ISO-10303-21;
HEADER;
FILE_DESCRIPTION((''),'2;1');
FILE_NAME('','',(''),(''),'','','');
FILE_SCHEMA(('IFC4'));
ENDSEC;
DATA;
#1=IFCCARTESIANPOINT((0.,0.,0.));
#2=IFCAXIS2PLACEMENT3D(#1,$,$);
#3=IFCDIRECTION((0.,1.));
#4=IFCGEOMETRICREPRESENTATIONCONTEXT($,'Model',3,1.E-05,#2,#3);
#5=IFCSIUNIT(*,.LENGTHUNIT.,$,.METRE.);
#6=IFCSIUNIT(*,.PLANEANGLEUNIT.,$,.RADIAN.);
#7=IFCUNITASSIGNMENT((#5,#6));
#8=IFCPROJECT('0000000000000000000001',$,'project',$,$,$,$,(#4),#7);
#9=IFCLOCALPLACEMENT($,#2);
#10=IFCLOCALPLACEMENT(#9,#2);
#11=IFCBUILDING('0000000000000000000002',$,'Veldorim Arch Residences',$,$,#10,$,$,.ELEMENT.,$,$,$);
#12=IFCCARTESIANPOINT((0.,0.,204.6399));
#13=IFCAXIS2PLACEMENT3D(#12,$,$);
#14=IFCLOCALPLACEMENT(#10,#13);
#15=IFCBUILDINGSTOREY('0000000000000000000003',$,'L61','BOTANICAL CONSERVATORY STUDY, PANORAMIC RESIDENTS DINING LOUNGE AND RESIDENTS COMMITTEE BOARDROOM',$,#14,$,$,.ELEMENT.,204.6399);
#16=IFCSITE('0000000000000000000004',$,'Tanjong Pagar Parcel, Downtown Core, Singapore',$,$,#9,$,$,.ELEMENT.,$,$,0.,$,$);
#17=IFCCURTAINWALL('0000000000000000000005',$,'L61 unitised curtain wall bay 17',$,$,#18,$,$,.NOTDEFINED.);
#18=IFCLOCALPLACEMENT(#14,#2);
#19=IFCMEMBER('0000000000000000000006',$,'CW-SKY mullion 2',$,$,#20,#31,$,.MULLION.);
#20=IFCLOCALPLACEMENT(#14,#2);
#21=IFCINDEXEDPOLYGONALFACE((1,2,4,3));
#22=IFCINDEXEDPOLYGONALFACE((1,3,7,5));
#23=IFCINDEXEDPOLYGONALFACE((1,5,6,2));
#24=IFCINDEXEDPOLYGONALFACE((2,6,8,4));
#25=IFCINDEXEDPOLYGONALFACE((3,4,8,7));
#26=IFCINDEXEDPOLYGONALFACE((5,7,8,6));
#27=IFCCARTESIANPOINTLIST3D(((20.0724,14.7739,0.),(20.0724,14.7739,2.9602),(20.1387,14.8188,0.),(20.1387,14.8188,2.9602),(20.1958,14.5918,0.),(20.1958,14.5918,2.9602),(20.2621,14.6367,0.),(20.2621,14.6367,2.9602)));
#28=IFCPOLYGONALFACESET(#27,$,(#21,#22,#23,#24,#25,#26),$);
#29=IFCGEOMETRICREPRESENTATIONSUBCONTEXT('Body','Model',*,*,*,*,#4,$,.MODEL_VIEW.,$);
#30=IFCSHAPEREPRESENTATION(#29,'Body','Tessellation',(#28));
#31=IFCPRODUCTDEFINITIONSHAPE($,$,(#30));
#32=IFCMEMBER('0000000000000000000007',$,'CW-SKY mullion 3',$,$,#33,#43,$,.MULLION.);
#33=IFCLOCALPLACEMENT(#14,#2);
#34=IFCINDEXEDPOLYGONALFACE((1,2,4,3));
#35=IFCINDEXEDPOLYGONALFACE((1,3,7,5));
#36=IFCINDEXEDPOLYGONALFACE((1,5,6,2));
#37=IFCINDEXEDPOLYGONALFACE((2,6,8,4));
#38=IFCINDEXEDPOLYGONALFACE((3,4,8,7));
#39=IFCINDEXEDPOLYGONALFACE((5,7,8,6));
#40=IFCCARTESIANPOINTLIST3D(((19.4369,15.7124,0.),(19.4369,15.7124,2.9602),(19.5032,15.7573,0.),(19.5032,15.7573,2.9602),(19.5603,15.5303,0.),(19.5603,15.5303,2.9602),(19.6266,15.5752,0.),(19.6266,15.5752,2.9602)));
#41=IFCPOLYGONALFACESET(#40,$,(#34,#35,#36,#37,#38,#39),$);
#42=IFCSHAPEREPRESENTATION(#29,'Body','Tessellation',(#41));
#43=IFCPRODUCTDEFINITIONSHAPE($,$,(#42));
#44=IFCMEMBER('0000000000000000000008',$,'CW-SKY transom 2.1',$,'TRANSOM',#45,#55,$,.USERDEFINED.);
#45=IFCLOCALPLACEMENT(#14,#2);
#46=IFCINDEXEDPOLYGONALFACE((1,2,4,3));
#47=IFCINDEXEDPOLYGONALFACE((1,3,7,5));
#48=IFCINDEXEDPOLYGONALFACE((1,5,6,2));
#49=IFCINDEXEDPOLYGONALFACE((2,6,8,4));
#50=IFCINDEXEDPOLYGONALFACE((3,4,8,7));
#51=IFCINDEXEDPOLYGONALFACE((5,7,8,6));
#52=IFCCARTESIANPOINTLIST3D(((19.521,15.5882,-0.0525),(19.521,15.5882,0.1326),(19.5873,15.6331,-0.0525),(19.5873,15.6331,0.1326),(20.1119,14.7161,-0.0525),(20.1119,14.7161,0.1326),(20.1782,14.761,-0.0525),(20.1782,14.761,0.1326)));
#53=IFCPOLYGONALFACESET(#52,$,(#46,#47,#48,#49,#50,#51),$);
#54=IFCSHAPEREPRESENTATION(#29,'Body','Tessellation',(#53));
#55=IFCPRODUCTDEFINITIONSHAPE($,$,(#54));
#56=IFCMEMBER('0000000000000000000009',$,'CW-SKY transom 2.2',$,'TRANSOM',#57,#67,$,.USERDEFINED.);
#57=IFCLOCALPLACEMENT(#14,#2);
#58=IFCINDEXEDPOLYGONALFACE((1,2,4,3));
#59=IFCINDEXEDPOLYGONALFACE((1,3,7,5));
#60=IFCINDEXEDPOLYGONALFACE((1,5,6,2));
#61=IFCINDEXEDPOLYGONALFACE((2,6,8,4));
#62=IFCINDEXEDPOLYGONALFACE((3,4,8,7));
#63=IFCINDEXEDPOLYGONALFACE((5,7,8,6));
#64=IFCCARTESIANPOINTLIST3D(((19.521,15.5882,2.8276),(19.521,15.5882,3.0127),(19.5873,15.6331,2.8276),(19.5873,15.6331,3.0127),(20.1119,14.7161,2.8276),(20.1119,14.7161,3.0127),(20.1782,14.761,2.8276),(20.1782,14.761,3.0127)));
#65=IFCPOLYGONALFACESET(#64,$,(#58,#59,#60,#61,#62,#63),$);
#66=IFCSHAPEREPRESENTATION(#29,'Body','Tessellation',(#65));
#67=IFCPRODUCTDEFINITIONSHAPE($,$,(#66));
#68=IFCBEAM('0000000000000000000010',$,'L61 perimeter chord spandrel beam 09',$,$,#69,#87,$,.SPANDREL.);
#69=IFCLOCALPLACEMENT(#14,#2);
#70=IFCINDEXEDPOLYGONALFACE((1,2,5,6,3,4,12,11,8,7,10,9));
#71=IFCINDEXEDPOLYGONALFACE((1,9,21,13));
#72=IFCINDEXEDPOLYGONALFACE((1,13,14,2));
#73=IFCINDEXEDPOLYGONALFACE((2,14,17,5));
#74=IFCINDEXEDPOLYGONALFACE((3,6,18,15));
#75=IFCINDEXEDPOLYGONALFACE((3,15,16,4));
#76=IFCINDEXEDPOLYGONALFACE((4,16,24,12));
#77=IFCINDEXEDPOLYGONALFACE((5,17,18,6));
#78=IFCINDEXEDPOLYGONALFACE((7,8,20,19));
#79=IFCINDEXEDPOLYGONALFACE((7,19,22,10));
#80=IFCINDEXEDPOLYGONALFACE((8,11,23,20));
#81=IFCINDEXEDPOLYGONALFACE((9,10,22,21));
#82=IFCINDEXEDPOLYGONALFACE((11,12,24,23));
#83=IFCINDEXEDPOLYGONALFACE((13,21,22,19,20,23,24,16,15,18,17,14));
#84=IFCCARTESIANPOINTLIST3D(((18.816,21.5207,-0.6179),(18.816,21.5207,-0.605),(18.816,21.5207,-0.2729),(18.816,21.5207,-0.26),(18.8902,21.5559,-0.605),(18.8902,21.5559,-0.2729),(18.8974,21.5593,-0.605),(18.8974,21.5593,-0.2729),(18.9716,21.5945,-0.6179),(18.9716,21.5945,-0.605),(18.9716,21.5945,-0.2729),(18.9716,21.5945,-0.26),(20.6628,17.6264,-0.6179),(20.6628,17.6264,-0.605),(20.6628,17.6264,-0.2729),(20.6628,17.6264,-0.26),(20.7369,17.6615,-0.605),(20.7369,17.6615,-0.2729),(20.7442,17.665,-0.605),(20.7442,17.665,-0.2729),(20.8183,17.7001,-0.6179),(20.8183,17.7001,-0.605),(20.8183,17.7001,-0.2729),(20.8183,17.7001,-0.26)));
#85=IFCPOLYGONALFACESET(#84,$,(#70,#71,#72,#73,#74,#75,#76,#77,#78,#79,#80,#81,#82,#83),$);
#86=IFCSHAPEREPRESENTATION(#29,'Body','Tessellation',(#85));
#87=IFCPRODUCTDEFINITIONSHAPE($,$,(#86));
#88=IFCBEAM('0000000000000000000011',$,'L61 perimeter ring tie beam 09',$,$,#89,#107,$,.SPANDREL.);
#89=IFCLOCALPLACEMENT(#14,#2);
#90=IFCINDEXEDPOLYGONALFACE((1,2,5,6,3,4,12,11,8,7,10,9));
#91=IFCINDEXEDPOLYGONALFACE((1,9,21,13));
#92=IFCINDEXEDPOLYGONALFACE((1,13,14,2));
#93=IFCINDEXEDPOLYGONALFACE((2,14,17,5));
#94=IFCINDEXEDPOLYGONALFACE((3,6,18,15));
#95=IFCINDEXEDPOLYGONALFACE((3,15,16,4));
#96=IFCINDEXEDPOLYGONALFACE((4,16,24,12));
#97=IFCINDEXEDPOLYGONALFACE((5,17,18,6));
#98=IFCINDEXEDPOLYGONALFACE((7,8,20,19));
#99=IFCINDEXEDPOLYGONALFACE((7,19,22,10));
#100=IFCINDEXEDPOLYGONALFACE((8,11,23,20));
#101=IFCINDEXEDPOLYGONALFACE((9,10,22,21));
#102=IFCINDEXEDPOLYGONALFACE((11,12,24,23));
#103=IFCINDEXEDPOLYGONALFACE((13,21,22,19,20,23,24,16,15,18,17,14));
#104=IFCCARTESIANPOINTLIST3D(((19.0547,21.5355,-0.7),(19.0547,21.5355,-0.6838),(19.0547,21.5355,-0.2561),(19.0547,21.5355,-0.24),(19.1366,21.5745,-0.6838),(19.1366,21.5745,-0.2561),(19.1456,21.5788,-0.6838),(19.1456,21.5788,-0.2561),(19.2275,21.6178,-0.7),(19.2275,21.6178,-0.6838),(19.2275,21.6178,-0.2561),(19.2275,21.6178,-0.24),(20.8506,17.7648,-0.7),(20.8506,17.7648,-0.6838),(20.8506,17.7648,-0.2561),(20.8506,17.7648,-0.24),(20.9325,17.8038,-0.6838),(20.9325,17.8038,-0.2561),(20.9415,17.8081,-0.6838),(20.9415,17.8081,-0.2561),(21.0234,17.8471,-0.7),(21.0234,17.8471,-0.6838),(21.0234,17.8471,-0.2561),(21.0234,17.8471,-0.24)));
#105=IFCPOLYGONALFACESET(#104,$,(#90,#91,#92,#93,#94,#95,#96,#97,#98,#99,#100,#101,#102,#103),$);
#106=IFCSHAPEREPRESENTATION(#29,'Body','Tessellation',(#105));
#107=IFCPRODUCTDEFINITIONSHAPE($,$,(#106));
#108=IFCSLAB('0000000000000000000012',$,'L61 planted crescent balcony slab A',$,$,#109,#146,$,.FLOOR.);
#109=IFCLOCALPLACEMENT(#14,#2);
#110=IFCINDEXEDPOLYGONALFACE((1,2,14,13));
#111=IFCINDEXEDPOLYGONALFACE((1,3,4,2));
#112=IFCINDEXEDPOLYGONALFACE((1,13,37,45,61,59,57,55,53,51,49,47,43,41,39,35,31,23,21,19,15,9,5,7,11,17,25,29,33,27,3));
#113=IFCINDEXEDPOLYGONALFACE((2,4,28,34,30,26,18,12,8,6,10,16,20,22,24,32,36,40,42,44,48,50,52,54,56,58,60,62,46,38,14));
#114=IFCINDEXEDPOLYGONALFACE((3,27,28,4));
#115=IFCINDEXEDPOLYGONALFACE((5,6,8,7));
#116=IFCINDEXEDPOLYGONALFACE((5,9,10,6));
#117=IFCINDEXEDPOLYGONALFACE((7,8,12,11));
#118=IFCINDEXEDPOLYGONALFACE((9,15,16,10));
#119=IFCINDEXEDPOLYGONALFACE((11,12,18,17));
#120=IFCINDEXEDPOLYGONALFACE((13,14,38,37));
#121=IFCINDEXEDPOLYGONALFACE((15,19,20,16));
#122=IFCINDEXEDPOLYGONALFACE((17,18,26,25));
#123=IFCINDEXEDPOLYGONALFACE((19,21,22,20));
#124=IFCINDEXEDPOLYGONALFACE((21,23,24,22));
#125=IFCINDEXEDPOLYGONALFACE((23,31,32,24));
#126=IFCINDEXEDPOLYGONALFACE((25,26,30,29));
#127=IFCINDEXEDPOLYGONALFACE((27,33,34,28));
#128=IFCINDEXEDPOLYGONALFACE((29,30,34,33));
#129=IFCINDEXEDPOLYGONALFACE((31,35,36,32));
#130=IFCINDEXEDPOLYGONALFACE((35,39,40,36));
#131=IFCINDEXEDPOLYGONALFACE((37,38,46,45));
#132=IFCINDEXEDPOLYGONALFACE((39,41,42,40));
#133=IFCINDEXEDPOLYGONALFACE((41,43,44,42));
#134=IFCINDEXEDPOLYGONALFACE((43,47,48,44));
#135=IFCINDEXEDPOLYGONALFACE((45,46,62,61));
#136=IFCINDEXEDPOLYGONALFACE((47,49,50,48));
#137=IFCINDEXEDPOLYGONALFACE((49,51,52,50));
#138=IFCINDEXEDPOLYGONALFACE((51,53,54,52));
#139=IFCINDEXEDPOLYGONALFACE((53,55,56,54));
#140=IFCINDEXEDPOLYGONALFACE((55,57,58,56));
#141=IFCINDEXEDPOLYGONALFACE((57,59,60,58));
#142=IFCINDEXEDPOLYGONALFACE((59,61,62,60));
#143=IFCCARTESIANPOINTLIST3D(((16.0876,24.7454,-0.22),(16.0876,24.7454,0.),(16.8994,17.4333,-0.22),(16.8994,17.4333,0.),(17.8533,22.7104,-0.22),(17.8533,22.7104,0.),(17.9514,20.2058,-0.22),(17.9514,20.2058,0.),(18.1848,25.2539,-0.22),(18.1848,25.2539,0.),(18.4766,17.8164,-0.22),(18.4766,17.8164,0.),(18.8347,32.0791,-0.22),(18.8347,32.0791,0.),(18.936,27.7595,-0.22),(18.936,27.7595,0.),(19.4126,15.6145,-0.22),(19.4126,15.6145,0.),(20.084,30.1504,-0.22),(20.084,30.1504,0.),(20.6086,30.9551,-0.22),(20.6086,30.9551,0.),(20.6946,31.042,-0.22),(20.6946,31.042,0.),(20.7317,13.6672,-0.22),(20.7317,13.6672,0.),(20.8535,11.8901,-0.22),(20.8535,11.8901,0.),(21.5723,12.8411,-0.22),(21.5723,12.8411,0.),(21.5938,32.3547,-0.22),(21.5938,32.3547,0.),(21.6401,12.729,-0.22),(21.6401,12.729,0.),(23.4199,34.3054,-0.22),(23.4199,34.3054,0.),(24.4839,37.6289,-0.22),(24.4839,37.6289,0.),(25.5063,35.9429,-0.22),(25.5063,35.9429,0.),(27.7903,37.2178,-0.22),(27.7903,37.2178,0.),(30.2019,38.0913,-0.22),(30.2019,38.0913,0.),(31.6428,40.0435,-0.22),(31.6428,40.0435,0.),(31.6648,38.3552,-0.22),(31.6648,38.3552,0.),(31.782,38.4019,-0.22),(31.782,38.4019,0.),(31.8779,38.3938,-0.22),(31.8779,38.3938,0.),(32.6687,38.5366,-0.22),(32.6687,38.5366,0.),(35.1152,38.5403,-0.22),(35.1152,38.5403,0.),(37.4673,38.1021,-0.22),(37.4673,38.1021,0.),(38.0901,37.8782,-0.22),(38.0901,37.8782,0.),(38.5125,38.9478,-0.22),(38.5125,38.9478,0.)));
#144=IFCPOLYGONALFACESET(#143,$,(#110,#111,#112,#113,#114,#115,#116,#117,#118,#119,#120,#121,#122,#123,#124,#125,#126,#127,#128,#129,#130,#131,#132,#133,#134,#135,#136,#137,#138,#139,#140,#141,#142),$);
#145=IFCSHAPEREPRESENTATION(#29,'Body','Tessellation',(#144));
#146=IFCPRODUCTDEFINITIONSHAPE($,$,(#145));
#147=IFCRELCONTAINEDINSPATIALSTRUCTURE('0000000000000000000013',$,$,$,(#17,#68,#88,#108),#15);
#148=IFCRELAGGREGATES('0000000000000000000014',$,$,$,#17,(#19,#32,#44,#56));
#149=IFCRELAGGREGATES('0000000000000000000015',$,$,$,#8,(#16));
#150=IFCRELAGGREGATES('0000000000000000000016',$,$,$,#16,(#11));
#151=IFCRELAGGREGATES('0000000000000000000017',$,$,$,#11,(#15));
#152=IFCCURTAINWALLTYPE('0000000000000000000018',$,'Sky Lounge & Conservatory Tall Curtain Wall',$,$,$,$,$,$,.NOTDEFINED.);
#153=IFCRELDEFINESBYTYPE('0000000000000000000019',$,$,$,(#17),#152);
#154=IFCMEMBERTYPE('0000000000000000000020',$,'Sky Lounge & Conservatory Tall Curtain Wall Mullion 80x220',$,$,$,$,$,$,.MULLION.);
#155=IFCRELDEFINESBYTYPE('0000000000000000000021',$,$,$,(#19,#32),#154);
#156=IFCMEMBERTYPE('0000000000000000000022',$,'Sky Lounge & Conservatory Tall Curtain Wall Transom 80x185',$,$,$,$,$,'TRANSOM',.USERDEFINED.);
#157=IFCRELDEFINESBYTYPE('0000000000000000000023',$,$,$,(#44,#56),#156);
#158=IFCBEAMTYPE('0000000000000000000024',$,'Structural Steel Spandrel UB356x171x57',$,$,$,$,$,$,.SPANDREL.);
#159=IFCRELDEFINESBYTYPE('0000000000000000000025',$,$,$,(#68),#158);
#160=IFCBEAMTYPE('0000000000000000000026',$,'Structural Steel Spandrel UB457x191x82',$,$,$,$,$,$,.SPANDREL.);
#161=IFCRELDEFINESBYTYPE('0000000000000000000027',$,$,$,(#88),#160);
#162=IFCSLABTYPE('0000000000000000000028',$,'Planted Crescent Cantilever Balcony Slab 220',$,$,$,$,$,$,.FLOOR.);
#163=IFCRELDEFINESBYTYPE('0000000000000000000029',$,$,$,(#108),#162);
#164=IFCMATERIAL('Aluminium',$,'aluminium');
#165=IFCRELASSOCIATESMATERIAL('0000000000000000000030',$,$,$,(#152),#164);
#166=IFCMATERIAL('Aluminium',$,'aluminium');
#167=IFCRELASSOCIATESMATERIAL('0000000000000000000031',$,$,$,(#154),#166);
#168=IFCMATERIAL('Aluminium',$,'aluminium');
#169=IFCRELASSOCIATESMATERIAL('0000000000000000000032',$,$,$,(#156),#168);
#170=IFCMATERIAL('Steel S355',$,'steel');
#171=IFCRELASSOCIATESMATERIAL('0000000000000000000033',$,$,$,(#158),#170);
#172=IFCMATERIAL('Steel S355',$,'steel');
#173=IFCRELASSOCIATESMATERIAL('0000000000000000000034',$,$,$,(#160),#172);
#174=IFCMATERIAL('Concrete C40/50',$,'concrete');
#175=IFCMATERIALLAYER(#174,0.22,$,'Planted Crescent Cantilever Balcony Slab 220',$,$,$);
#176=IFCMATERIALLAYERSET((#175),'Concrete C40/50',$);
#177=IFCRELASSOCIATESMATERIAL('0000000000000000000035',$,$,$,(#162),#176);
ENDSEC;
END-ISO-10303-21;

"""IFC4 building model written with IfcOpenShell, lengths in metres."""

from ifc_helpers import new_model, si_unit, direction, frame, origin, origin_2d, place, context, subcontext, project, spatial, polyline, rectangle, i_section, outline, extrude, material, layer, layer_set, material_profile, profile_set, type_object, element, aggregate, save


model = new_model("IFC4")

# Units and contexts
model_context = context("Model", 3, precision=1e-05, world=origin(), true_north=direction((0.0, 1.0)))
body_context = subcontext(model_context, "Body", "Model", "MODEL_VIEW")
ifc_project = project(units=[si_unit("LENGTHUNIT", "METRE"), si_unit("PLANEANGLEUNIT", "RADIAN")], contexts=[model_context])

# Site, building, storey
site_placement = place(None, origin())
site = spatial("IfcSite", under=ifc_project, at=site_placement, Name="Tanjong Pagar Parcel, Downtown Core, Singapore", CompositionType="ELEMENT", RefElevation=0.0)
building_placement = place(site_placement, origin())
building = spatial("IfcBuilding", under=site, at=building_placement, Name="Veldorim Arch Residences", CompositionType="ELEMENT")
storey_placement = place(building_placement, frame((0.0, 0.0, 204.6399)))
storey = spatial("IfcBuildingStorey", under=building, at=storey_placement, Name="L61", Description="BOTANICAL CONSERVATORY STUDY, PANORAMIC RESIDENTS DINING LOUNGE AND RESIDENTS COMMITTEE BOARDROOM", CompositionType="ELEMENT", Elevation=204.6399)

# Curtain wall, members
ifc_material_1 = material(Name="Aluminium", Category="aluminium")
curtain_wall_type = type_object("IfcCurtainWallType", Name="Sky Lounge & Conservatory Tall Curtain Wall", PredefinedType="NOTDEFINED", material=ifc_material_1)
curtain_wall_placement = place(storey_placement, origin())
curtain_wall = element("IfcCurtainWall", 1, at=curtain_wall_placement, inside=storey, type_object=curtain_wall_type, Name="L61 unitised curtain wall bay 17", PredefinedType="NOTDEFINED")
ifc_material_2 = material(Name="Aluminium", Category="aluminium")
ifc_material_profile_1 = material_profile(ifc_material_2, rectangle(XDim=0.0801, YDim=0.22, at=origin_2d()), Name="ALU_MUL_80x220")
ifc_profile_set_1 = profile_set([ifc_material_profile_1], Name="Aluminium")
member_type_1 = type_object("IfcMemberType", Name="Sky Lounge & Conservatory Tall Curtain Wall Mullion 80x220", PredefinedType="MULLION", material=ifc_profile_set_1)
member_1_placement = place(storey_placement, frame((20.1672, 14.7053, 0.0), z_axis=(0.0, 0.0, 1.0), x_axis=(-0.827944, -0.560811, 0.0)))
member_1 = element("IfcMember", 2, at=member_1_placement, type_object=member_type_1, Name="CW-SKY mullion 2", PredefinedType="MULLION", context=body_context, shape_type="SweptSolid", body=[
    extrude(rectangle(XDim=0.0801, YDim=0.22, at=origin_2d()), origin(), (0.0, 0.0, 1.0), 2.9602),
])
member_2_placement = place(storey_placement, frame((19.5317, 15.6438, 0.0), z_axis=(0.0, 0.0, 1.0), x_axis=(-0.827944, -0.560811, 0.0)))
member_2 = element("IfcMember", 3, at=member_2_placement, type_object=member_type_1, Name="CW-SKY mullion 3", PredefinedType="MULLION", context=body_context, shape_type="SweptSolid", body=[
    extrude(rectangle(XDim=0.0801, YDim=0.22, at=origin_2d()), origin(), (0.0, 0.0, 1.0), 2.9602),
])
ifc_material_3 = material(Name="Aluminium", Category="aluminium")
ifc_material_profile_2 = material_profile(ifc_material_3, rectangle(XDim=0.0801, YDim=0.1851, at=origin_2d()), Name="ALU_TRN_80x185")
ifc_profile_set_2 = profile_set([ifc_material_profile_2], Name="Aluminium")
member_type_2 = type_object("IfcMemberType", Name="Sky Lounge & Conservatory Tall Curtain Wall Transom 80x185", ElementType="TRANSOM", PredefinedType="USERDEFINED", material=ifc_profile_set_2)
member_3_placement = place(storey_placement, frame((20.145, 14.7385, 0.04), z_axis=(-0.560889, 0.827891, 0.0), x_axis=(-0.827891, -0.560889, 0.0)))
member_3 = element("IfcMember", 4, at=member_3_placement, type_object=member_type_2, Name="CW-SKY transom 2.1", ObjectType="TRANSOM", PredefinedType="USERDEFINED", context=body_context, shape_type="SweptSolid", body=[
    extrude(rectangle(XDim=0.0801, YDim=0.1851, at=origin_2d()), origin(), (0.0, 0.0, 1.0), 1.0535),
])
member_4_placement = place(storey_placement, frame((20.145, 14.7385, 2.9202), z_axis=(-0.560889, 0.827891, 0.0), x_axis=(-0.827891, -0.560889, 0.0)))
member_4 = element("IfcMember", 5, at=member_4_placement, type_object=member_type_2, Name="CW-SKY transom 2.2", ObjectType="TRANSOM", PredefinedType="USERDEFINED", context=body_context, shape_type="SweptSolid", body=[
    extrude(rectangle(XDim=0.0801, YDim=0.1851, at=origin_2d()), origin(), (0.0, 0.0, 1.0), 1.0535),
])

# Beams
ifc_material_4 = material(Name="Steel S355", Category="steel")
ifc_material_profile_3 = material_profile(ifc_material_4, i_section(OverallWidth=0.1721, OverallDepth=0.3579, WebThickness=0.0081, FlangeThickness=0.0129, at=origin_2d()), Name="UB356x171x57")
ifc_profile_set_3 = profile_set([ifc_material_profile_3], Name="Steel S355")
beam_type_1 = type_object("IfcBeamType", Name="Structural Steel Spandrel UB356x171x57", PredefinedType="SPANDREL", material=ifc_profile_set_3)
beam_1_placement = place(storey_placement, frame((18.8938, 21.5576, -0.439), z_axis=(0.428469, -0.903557, 0.0), x_axis=(0.903557, 0.428469, 0.0)))
element("IfcBeam", 6, at=beam_1_placement, inside=storey, type_object=beam_type_1, Name="L61 perimeter chord spandrel beam 09", PredefinedType="SPANDREL", context=body_context, shape_type="SweptSolid", body=[
    extrude(i_section(OverallWidth=0.1721, OverallDepth=0.3579, WebThickness=0.0081, FlangeThickness=0.0129, at=origin_2d()), origin(), (0.0, 0.0, 1.0), 4.3101),
])
ifc_material_5 = material(Name="Steel S355", Category="steel")
ifc_material_profile_4 = material_profile(ifc_material_5, i_section(OverallWidth=0.1914, OverallDepth=0.46, WebThickness=0.01, FlangeThickness=0.0161, at=origin_2d()), Name="UB457x191x82")
ifc_profile_set_4 = profile_set([ifc_material_profile_4], Name="Steel S355")
beam_type_2 = type_object("IfcBeamType", Name="Structural Steel Spandrel UB457x191x82", PredefinedType="SPANDREL", material=ifc_profile_set_4)
beam_2_placement = place(storey_placement, frame((19.1411, 21.5767, -0.47), z_axis=(0.429993, -0.902832, 0.0), x_axis=(0.902832, 0.429993, 0.0)))
element("IfcBeam", 7, at=beam_2_placement, inside=storey, type_object=beam_type_2, Name="L61 perimeter ring tie beam 09", PredefinedType="SPANDREL", context=body_context, shape_type="SweptSolid", body=[
    extrude(i_section(OverallWidth=0.1914, OverallDepth=0.46, WebThickness=0.01, FlangeThickness=0.0161, at=origin_2d()), origin(), (0.0, 0.0, 1.0), 4.1765),
])

# Slab
ifc_material_6 = material(Name="Concrete C40/50", Category="concrete")
ifc_layer_1 = layer(ifc_material_6, 0.22, Name="Planted Crescent Cantilever Balcony Slab 220")
ifc_layer_set_1 = layer_set([ifc_layer_1], Name="Concrete C40/50")
slab_type_1 = type_object("IfcSlabType", Name="Planted Crescent Cantilever Balcony Slab 220", PredefinedType="FLOOR", material=ifc_layer_set_1)
slab_1_placement = place(storey_placement, frame((0.0, 0.0, -0.22)))
element("IfcSlab", 8, at=slab_1_placement, inside=storey, type_object=slab_type_1, Name="L61 planted crescent balcony slab A", PredefinedType="FLOOR", context=body_context, shape_type="SweptSolid", body=[
    extrude(outline(polyline([(38.0901, 37.8782), (37.4673, 38.1021), (35.1152, 38.5403), (32.6687, 38.5366), (31.8779, 38.3938), (31.782, 38.4019), (31.6648, 38.3552), (30.2019, 38.0913), (27.7903, 37.2178), (25.5063, 35.9429), (23.4199, 34.3054), (21.5938, 32.3547), (20.6946, 31.042), (20.6086, 30.9551), (20.084, 30.1504), (18.936, 27.7595), (18.1848, 25.2539), (17.8533, 22.7104), (17.9514, 20.2058), (18.4766, 17.8164), (19.4126, 15.6145), (20.7317, 13.6672), (21.5723, 12.8411), (21.6401, 12.729), (20.8535, 11.8901), (16.8994, 17.4333), (16.0876, 24.7454), (18.8347, 32.0791), (24.4839, 37.6289), (31.6428, 40.0435), (38.5125, 38.9478), (38.0901, 37.8782)])), origin(), (0.0, 0.0, 1.0), 0.22),
])

aggregate(curtain_wall, [member_1, member_2, member_3, member_4])

save(model, "model.ifc")
